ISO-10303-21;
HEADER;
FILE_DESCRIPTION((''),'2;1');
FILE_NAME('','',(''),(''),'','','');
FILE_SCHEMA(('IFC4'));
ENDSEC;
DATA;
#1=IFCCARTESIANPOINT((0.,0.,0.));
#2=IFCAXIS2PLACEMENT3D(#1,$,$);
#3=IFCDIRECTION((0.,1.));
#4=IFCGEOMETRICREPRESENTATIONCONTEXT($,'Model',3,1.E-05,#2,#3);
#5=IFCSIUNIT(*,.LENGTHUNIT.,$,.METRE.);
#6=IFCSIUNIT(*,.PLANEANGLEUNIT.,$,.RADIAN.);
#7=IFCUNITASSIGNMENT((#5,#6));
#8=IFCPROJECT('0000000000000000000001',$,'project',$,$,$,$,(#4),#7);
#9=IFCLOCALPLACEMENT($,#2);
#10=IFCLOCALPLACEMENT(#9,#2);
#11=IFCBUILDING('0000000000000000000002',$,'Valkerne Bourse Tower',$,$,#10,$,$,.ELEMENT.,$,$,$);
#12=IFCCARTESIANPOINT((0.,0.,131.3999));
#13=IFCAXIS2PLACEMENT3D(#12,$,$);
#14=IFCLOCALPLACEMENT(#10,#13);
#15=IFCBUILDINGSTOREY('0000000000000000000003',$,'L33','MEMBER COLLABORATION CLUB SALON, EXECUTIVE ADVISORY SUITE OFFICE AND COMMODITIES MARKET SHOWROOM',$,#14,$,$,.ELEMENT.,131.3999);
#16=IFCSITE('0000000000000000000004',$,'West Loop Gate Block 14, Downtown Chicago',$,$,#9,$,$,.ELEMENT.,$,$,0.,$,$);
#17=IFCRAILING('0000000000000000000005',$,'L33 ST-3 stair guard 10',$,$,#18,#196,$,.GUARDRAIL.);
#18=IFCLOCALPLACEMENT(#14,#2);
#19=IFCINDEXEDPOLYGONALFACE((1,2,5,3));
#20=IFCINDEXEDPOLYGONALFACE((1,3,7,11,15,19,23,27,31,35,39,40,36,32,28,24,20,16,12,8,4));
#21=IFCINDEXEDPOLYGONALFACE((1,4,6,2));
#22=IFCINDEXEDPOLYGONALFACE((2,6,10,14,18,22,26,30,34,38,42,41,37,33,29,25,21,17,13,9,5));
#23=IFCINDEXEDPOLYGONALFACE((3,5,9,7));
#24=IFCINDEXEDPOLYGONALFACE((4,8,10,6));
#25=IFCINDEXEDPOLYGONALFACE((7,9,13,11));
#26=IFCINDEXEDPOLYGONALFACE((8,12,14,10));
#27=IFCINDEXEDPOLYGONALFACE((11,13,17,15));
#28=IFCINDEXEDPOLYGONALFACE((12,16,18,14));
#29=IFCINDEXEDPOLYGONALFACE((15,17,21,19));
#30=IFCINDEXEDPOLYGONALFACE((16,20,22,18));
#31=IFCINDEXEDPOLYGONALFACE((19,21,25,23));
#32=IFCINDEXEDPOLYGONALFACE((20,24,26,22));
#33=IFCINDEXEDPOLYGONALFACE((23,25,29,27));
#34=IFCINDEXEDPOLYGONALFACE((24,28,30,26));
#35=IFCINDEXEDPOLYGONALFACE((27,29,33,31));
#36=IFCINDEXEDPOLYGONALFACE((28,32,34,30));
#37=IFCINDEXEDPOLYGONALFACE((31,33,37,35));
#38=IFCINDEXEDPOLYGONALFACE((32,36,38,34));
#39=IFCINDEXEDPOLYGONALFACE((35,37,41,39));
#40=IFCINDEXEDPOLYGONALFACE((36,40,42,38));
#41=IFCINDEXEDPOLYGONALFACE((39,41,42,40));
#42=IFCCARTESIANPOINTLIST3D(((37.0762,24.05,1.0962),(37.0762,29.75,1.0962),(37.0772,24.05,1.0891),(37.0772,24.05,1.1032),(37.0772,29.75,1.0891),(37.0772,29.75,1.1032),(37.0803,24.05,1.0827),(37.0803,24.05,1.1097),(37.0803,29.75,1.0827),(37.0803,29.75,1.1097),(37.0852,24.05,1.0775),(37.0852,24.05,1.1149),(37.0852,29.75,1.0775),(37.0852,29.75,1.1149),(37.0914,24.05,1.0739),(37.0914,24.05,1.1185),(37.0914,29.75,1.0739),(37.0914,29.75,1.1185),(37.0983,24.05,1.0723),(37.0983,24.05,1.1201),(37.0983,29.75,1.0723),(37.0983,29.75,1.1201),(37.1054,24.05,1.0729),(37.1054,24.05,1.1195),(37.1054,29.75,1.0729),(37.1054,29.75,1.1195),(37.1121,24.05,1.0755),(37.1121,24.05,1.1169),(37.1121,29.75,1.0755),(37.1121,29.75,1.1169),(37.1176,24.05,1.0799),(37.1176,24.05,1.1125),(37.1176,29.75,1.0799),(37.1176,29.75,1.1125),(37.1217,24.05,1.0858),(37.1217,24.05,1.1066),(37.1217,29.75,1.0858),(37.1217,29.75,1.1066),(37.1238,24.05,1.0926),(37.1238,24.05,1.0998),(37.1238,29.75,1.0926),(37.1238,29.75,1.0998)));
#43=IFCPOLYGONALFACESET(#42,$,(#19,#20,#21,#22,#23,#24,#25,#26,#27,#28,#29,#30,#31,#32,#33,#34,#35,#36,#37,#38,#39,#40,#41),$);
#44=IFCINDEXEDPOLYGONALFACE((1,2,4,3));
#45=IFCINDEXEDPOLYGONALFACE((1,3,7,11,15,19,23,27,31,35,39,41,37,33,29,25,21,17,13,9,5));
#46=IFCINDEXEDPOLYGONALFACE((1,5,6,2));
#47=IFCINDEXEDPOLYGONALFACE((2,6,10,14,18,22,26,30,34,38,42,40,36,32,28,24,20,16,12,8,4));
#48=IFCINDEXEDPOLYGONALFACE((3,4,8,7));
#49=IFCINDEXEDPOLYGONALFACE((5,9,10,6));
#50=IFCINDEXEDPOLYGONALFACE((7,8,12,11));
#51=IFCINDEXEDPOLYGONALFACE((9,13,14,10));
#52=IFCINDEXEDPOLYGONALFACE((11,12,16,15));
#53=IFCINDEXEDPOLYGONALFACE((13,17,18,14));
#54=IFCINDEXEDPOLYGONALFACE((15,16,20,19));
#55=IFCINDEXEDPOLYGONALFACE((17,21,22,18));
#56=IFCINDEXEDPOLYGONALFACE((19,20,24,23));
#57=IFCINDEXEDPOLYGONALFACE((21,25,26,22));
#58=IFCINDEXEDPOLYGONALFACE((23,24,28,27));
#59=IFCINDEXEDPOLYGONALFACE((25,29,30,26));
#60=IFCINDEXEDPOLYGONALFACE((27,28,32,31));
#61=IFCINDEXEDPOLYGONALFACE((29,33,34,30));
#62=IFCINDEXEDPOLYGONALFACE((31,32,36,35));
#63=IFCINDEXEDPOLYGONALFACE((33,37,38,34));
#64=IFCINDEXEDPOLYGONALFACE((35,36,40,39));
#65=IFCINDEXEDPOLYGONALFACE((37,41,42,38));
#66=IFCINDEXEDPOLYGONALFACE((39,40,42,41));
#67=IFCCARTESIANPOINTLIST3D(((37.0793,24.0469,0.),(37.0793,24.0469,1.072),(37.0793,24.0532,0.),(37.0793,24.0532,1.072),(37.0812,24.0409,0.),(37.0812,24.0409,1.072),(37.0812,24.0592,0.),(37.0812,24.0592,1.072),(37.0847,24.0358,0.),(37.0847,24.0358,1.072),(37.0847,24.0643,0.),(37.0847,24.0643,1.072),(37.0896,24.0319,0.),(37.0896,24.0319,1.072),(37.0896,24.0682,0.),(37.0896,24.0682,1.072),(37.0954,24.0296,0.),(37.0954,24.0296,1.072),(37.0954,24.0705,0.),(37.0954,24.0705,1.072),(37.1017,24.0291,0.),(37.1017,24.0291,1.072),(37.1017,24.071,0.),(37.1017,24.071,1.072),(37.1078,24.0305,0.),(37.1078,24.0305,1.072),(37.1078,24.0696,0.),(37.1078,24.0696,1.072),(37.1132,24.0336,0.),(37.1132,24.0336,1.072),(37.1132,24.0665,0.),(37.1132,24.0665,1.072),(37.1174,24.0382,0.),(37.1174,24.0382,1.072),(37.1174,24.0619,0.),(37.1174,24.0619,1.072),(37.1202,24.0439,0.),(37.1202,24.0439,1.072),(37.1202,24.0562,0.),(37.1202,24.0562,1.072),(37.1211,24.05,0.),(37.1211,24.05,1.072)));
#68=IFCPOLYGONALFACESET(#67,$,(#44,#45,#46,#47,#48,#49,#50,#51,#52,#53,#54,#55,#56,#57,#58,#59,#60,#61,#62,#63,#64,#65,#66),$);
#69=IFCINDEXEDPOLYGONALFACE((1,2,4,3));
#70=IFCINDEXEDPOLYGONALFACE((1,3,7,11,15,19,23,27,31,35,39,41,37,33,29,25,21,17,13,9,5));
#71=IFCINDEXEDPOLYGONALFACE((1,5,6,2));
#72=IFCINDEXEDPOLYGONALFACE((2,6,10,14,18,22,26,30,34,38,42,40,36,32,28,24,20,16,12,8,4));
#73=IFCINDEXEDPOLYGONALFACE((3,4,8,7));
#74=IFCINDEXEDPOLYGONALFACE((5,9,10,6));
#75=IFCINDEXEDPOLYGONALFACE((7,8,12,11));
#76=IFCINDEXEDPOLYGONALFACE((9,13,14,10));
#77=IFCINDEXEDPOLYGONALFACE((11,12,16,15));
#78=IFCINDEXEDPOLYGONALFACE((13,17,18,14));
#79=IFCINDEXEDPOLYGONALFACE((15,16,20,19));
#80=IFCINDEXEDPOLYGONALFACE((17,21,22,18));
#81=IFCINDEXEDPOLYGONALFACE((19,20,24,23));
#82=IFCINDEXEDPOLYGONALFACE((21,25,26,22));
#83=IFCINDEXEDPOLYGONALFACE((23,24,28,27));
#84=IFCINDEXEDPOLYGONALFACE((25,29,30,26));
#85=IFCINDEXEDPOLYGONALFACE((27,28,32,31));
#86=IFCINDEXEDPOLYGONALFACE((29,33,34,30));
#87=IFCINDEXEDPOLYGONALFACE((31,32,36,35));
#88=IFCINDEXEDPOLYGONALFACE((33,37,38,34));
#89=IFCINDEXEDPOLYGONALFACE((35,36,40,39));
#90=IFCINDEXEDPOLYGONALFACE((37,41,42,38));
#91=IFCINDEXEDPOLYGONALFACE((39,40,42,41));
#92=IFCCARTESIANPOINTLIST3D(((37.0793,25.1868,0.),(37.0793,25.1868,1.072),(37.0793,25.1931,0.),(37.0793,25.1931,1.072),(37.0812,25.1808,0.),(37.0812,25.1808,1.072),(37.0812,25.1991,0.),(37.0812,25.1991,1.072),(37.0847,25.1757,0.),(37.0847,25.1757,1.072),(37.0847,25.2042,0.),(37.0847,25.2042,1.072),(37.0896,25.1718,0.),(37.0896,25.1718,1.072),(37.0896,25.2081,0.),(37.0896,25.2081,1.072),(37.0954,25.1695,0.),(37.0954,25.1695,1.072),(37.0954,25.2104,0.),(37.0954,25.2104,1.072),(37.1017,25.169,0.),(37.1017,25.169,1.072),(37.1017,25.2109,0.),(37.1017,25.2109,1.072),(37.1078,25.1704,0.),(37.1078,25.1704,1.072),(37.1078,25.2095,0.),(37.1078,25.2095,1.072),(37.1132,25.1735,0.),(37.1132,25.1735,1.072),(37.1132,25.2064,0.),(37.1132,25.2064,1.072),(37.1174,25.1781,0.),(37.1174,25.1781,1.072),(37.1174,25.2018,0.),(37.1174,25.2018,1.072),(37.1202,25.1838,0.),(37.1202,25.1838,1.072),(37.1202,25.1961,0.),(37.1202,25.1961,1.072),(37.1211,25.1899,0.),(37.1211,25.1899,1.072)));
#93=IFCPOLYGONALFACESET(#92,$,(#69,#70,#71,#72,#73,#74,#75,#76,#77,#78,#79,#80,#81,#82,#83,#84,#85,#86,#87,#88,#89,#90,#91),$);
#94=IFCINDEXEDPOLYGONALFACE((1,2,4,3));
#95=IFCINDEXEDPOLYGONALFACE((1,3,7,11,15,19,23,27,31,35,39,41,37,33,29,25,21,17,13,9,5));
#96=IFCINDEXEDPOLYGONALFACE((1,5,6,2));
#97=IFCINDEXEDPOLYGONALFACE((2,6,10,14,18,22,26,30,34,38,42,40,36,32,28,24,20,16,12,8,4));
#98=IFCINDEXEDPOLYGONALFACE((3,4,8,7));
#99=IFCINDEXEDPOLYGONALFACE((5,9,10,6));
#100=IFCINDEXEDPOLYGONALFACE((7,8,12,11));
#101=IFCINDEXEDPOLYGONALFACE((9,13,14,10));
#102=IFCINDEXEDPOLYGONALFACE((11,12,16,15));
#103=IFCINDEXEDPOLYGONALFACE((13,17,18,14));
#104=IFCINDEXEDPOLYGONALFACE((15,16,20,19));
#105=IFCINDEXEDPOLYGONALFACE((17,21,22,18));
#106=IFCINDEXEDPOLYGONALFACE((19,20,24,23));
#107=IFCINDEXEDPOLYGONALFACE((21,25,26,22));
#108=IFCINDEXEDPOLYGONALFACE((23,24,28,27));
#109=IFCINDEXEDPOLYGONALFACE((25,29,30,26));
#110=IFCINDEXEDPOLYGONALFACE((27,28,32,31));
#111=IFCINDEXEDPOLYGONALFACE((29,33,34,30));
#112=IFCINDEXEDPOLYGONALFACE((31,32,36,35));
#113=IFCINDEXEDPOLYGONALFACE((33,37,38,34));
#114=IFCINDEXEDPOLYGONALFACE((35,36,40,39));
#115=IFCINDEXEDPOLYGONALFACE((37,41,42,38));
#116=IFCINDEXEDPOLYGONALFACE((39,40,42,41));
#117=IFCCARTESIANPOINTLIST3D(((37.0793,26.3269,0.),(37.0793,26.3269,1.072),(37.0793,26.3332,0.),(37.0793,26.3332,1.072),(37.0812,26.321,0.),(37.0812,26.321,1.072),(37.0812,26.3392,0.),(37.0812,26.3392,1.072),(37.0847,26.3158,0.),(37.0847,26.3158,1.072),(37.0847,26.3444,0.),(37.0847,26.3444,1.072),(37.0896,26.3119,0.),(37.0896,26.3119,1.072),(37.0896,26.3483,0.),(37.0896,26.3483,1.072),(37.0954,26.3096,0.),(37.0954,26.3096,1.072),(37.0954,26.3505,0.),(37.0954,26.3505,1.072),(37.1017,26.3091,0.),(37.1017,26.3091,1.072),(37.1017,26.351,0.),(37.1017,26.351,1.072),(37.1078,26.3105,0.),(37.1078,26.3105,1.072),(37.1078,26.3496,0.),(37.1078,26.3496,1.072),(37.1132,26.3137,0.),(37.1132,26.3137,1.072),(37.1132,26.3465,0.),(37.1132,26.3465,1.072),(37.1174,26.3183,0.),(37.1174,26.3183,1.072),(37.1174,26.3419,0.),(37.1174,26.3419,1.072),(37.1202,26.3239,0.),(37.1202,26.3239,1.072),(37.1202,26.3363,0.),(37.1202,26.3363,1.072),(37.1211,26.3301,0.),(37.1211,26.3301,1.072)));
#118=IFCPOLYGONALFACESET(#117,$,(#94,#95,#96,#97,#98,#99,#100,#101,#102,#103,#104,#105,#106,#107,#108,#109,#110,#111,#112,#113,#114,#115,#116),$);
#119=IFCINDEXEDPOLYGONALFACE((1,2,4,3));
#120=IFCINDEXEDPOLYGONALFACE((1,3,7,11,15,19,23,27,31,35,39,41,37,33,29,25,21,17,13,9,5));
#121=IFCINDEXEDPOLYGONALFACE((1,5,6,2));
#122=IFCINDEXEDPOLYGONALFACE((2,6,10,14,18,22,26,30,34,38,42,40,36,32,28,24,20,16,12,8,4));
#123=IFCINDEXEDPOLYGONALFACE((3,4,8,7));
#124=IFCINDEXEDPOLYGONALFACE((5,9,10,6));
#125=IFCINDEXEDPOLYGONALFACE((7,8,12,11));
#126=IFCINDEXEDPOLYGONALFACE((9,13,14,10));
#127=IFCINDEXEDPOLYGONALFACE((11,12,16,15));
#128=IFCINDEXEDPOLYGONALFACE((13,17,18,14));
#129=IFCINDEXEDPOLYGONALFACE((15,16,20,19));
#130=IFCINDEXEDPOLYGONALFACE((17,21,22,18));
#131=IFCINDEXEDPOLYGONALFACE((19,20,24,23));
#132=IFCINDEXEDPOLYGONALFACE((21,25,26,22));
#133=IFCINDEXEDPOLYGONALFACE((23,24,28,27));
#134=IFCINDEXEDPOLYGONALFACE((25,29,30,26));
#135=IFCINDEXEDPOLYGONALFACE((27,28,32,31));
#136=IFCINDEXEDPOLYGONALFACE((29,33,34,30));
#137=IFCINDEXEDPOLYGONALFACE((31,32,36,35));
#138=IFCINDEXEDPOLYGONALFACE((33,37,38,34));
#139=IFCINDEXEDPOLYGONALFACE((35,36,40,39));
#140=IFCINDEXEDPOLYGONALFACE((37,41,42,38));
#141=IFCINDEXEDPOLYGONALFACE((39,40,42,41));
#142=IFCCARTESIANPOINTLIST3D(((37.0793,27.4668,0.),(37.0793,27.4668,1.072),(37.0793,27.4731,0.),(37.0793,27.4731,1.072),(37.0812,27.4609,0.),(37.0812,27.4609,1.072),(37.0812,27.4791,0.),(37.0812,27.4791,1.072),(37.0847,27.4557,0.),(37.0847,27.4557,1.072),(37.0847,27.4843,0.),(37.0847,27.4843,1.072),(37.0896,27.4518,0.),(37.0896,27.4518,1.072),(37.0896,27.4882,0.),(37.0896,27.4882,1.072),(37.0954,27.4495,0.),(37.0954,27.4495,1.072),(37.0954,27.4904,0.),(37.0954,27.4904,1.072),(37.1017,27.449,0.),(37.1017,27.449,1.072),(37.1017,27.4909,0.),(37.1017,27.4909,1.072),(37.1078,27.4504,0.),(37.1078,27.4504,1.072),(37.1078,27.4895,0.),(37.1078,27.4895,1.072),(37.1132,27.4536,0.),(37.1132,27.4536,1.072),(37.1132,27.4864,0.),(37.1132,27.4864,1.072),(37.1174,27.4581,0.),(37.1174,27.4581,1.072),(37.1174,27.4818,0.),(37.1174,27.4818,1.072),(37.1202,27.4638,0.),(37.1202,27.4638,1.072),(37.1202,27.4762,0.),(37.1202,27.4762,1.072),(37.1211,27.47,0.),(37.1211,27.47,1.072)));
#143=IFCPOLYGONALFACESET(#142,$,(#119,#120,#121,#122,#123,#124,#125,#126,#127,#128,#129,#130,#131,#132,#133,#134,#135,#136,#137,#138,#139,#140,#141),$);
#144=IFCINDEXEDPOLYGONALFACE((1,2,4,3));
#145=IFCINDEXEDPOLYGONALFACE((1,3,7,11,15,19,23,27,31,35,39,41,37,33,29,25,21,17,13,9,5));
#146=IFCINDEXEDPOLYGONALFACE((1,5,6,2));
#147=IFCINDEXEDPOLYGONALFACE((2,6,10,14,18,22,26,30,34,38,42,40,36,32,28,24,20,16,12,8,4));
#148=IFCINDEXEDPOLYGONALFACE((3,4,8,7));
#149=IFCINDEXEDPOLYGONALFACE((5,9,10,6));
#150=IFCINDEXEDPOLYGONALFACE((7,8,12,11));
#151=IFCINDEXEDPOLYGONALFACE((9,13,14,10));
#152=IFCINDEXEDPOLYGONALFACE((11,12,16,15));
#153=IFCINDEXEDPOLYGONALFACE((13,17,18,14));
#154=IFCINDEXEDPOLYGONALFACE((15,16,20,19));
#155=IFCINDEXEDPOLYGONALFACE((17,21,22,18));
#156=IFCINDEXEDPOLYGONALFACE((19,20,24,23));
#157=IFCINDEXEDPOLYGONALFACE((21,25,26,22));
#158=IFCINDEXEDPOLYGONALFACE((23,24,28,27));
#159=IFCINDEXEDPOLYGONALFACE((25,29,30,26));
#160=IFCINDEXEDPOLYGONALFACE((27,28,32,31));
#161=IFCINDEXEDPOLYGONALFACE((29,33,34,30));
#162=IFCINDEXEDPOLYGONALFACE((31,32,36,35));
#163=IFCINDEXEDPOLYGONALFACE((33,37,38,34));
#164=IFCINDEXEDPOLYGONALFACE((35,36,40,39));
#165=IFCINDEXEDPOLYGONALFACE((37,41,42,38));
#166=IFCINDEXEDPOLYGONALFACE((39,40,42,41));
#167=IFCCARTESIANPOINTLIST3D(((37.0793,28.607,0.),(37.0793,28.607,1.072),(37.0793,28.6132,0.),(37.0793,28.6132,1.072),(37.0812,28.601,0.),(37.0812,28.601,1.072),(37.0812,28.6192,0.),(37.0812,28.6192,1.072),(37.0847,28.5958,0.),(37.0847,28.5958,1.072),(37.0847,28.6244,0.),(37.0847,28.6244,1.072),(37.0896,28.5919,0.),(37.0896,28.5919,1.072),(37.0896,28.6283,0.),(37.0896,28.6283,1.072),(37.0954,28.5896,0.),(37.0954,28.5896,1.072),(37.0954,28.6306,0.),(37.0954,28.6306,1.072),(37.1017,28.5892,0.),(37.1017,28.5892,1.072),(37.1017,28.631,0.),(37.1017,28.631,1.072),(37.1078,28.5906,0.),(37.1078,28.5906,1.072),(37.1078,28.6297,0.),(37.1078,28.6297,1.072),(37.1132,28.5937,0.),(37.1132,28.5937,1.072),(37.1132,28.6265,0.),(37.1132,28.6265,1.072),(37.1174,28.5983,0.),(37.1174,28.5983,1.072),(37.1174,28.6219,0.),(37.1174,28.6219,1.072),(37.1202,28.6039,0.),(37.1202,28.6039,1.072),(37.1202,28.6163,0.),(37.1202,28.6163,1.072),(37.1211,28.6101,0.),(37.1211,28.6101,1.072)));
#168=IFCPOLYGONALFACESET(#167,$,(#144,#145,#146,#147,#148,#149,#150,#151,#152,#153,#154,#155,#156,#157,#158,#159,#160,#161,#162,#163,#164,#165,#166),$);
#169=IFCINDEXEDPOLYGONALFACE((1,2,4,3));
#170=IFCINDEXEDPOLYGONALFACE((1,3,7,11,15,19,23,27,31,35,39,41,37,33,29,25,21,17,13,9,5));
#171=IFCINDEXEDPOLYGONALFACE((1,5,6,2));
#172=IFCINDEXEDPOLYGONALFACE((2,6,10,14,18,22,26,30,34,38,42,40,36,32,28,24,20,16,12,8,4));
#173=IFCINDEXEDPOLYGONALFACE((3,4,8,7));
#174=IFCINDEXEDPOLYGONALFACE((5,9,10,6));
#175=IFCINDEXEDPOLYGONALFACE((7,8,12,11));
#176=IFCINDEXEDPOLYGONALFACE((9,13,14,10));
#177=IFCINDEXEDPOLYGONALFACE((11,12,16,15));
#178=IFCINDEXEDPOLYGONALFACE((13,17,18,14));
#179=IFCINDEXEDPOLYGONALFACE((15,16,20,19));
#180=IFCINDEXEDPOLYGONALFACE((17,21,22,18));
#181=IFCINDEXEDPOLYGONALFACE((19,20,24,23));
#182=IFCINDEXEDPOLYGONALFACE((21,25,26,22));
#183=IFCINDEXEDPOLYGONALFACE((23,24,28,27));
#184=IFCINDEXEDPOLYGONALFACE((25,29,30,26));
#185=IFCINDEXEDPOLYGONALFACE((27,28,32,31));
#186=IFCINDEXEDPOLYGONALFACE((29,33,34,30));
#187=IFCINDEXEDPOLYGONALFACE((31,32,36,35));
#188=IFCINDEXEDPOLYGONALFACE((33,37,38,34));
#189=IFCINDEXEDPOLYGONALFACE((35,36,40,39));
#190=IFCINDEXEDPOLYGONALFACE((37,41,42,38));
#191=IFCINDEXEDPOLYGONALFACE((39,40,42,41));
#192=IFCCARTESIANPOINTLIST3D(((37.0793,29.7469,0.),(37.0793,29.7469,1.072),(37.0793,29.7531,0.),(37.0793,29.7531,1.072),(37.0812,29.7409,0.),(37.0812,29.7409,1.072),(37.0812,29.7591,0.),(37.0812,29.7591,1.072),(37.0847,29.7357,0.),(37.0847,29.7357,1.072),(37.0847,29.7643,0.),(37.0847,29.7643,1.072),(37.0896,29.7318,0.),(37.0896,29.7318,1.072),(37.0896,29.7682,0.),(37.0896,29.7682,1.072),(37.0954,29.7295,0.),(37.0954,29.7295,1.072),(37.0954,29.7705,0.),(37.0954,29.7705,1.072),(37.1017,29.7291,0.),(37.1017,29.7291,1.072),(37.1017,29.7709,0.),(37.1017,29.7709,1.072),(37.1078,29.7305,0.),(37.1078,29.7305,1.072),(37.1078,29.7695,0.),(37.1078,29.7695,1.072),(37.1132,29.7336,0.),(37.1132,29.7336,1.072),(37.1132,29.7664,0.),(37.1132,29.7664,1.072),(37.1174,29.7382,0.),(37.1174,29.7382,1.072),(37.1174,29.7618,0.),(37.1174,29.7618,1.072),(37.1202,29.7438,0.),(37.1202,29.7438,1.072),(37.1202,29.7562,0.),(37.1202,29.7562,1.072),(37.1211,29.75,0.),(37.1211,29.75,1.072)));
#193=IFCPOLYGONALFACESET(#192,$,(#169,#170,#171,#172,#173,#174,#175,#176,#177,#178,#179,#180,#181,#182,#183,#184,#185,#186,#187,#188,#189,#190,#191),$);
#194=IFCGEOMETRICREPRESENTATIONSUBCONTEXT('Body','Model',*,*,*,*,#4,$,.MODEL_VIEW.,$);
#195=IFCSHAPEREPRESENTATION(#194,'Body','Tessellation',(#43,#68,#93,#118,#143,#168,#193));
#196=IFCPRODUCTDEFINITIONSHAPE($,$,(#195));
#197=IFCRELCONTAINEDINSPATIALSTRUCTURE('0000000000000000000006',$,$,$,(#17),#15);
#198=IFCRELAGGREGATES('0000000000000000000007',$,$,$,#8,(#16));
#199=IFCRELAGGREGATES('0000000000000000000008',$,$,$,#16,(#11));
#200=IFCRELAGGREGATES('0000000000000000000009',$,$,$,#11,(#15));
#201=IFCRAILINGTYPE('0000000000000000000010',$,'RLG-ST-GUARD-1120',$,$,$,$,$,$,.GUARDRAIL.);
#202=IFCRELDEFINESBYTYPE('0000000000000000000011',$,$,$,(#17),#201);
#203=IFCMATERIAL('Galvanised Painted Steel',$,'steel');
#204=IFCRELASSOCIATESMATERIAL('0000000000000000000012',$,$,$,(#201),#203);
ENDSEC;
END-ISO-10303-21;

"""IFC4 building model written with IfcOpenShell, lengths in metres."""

from ifc_helpers import new_model, si_unit, direction, frame, origin, origin_2d, place, context, subcontext, project, spatial, circle, extrude, material, type_object, element, save


model = new_model("IFC4")

# Units and contexts
model_context = context("Model", 3, precision=1e-05, world=origin(), true_north=direction((0.0, 1.0)))
body_context = subcontext(model_context, "Body", "Model", "MODEL_VIEW")
ifc_project = project(units=[si_unit("LENGTHUNIT", "METRE"), si_unit("PLANEANGLEUNIT", "RADIAN")], contexts=[model_context])

# Site, building, storey
site_placement = place(None, origin())
site = spatial("IfcSite", under=ifc_project, at=site_placement, Name="West Loop Gate Block 14, Downtown Chicago", CompositionType="ELEMENT", RefElevation=0.0)
building_placement = place(site_placement, origin())
building = spatial("IfcBuilding", under=site, at=building_placement, Name="Valkerne Bourse Tower", CompositionType="ELEMENT")
storey_placement = place(building_placement, frame((0.0, 0.0, 131.3999)))
storey = spatial("IfcBuildingStorey", under=building, at=storey_placement, Name="L33", Description="MEMBER COLLABORATION CLUB SALON, EXECUTIVE ADVISORY SUITE OFFICE AND COMMODITIES MARKET SHOWROOM", CompositionType="ELEMENT", Elevation=131.3999)

# Shared definitions
ifc_material_1 = material(Name="Galvanised Painted Steel", Category="steel")

# Railing
railing_type_1 = type_object("IfcRailingType", Name="RLG-ST-GUARD-1120", PredefinedType="GUARDRAIL", material=ifc_material_1)
for number, where, name in (
    (1, (37.1001, 24.05, 0.0), "L33 ST-3 stair guard 10"),
):
    element("IfcRailing", number, at=place(storey_placement, frame(where)), inside=storey, type_object=railing_type_1, Name=name, PredefinedType="GUARDRAIL", context=body_context, shape_type="SweptSolid", body=[
        extrude(circle(Radius=0.0239, at=origin_2d()), frame((0.0, 0.0, 1.0962), z_axis=(0.0, 1.0, 0.0), x_axis=(-1.0, 0.0, 0.0)), (0.0, 0.0, 1.0), 5.7),
        extrude(circle(Radius=0.021, at=origin_2d()), origin(), (0.0, 0.0, 1.0), 1.072),
        extrude(circle(Radius=0.021, at=origin_2d()), frame((0.0, 1.1399, 0.0)), (0.0, 0.0, 1.0), 1.072),
        extrude(circle(Radius=0.021, at=origin_2d()), frame((0.0, 2.28, 0.0)), (0.0, 0.0, 1.0), 1.072),
        extrude(circle(Radius=0.021, at=origin_2d()), frame((0.0, 3.4199, 0.0)), (0.0, 0.0, 1.0), 1.072),
        extrude(circle(Radius=0.021, at=origin_2d()), frame((0.0, 4.5601, 0.0)), (0.0, 0.0, 1.0), 1.072),
        extrude(circle(Radius=0.021, at=origin_2d()), frame((0.0, 5.7, 0.0)), (0.0, 0.0, 1.0), 1.072),
    ])

save(model, "model.ifc")
